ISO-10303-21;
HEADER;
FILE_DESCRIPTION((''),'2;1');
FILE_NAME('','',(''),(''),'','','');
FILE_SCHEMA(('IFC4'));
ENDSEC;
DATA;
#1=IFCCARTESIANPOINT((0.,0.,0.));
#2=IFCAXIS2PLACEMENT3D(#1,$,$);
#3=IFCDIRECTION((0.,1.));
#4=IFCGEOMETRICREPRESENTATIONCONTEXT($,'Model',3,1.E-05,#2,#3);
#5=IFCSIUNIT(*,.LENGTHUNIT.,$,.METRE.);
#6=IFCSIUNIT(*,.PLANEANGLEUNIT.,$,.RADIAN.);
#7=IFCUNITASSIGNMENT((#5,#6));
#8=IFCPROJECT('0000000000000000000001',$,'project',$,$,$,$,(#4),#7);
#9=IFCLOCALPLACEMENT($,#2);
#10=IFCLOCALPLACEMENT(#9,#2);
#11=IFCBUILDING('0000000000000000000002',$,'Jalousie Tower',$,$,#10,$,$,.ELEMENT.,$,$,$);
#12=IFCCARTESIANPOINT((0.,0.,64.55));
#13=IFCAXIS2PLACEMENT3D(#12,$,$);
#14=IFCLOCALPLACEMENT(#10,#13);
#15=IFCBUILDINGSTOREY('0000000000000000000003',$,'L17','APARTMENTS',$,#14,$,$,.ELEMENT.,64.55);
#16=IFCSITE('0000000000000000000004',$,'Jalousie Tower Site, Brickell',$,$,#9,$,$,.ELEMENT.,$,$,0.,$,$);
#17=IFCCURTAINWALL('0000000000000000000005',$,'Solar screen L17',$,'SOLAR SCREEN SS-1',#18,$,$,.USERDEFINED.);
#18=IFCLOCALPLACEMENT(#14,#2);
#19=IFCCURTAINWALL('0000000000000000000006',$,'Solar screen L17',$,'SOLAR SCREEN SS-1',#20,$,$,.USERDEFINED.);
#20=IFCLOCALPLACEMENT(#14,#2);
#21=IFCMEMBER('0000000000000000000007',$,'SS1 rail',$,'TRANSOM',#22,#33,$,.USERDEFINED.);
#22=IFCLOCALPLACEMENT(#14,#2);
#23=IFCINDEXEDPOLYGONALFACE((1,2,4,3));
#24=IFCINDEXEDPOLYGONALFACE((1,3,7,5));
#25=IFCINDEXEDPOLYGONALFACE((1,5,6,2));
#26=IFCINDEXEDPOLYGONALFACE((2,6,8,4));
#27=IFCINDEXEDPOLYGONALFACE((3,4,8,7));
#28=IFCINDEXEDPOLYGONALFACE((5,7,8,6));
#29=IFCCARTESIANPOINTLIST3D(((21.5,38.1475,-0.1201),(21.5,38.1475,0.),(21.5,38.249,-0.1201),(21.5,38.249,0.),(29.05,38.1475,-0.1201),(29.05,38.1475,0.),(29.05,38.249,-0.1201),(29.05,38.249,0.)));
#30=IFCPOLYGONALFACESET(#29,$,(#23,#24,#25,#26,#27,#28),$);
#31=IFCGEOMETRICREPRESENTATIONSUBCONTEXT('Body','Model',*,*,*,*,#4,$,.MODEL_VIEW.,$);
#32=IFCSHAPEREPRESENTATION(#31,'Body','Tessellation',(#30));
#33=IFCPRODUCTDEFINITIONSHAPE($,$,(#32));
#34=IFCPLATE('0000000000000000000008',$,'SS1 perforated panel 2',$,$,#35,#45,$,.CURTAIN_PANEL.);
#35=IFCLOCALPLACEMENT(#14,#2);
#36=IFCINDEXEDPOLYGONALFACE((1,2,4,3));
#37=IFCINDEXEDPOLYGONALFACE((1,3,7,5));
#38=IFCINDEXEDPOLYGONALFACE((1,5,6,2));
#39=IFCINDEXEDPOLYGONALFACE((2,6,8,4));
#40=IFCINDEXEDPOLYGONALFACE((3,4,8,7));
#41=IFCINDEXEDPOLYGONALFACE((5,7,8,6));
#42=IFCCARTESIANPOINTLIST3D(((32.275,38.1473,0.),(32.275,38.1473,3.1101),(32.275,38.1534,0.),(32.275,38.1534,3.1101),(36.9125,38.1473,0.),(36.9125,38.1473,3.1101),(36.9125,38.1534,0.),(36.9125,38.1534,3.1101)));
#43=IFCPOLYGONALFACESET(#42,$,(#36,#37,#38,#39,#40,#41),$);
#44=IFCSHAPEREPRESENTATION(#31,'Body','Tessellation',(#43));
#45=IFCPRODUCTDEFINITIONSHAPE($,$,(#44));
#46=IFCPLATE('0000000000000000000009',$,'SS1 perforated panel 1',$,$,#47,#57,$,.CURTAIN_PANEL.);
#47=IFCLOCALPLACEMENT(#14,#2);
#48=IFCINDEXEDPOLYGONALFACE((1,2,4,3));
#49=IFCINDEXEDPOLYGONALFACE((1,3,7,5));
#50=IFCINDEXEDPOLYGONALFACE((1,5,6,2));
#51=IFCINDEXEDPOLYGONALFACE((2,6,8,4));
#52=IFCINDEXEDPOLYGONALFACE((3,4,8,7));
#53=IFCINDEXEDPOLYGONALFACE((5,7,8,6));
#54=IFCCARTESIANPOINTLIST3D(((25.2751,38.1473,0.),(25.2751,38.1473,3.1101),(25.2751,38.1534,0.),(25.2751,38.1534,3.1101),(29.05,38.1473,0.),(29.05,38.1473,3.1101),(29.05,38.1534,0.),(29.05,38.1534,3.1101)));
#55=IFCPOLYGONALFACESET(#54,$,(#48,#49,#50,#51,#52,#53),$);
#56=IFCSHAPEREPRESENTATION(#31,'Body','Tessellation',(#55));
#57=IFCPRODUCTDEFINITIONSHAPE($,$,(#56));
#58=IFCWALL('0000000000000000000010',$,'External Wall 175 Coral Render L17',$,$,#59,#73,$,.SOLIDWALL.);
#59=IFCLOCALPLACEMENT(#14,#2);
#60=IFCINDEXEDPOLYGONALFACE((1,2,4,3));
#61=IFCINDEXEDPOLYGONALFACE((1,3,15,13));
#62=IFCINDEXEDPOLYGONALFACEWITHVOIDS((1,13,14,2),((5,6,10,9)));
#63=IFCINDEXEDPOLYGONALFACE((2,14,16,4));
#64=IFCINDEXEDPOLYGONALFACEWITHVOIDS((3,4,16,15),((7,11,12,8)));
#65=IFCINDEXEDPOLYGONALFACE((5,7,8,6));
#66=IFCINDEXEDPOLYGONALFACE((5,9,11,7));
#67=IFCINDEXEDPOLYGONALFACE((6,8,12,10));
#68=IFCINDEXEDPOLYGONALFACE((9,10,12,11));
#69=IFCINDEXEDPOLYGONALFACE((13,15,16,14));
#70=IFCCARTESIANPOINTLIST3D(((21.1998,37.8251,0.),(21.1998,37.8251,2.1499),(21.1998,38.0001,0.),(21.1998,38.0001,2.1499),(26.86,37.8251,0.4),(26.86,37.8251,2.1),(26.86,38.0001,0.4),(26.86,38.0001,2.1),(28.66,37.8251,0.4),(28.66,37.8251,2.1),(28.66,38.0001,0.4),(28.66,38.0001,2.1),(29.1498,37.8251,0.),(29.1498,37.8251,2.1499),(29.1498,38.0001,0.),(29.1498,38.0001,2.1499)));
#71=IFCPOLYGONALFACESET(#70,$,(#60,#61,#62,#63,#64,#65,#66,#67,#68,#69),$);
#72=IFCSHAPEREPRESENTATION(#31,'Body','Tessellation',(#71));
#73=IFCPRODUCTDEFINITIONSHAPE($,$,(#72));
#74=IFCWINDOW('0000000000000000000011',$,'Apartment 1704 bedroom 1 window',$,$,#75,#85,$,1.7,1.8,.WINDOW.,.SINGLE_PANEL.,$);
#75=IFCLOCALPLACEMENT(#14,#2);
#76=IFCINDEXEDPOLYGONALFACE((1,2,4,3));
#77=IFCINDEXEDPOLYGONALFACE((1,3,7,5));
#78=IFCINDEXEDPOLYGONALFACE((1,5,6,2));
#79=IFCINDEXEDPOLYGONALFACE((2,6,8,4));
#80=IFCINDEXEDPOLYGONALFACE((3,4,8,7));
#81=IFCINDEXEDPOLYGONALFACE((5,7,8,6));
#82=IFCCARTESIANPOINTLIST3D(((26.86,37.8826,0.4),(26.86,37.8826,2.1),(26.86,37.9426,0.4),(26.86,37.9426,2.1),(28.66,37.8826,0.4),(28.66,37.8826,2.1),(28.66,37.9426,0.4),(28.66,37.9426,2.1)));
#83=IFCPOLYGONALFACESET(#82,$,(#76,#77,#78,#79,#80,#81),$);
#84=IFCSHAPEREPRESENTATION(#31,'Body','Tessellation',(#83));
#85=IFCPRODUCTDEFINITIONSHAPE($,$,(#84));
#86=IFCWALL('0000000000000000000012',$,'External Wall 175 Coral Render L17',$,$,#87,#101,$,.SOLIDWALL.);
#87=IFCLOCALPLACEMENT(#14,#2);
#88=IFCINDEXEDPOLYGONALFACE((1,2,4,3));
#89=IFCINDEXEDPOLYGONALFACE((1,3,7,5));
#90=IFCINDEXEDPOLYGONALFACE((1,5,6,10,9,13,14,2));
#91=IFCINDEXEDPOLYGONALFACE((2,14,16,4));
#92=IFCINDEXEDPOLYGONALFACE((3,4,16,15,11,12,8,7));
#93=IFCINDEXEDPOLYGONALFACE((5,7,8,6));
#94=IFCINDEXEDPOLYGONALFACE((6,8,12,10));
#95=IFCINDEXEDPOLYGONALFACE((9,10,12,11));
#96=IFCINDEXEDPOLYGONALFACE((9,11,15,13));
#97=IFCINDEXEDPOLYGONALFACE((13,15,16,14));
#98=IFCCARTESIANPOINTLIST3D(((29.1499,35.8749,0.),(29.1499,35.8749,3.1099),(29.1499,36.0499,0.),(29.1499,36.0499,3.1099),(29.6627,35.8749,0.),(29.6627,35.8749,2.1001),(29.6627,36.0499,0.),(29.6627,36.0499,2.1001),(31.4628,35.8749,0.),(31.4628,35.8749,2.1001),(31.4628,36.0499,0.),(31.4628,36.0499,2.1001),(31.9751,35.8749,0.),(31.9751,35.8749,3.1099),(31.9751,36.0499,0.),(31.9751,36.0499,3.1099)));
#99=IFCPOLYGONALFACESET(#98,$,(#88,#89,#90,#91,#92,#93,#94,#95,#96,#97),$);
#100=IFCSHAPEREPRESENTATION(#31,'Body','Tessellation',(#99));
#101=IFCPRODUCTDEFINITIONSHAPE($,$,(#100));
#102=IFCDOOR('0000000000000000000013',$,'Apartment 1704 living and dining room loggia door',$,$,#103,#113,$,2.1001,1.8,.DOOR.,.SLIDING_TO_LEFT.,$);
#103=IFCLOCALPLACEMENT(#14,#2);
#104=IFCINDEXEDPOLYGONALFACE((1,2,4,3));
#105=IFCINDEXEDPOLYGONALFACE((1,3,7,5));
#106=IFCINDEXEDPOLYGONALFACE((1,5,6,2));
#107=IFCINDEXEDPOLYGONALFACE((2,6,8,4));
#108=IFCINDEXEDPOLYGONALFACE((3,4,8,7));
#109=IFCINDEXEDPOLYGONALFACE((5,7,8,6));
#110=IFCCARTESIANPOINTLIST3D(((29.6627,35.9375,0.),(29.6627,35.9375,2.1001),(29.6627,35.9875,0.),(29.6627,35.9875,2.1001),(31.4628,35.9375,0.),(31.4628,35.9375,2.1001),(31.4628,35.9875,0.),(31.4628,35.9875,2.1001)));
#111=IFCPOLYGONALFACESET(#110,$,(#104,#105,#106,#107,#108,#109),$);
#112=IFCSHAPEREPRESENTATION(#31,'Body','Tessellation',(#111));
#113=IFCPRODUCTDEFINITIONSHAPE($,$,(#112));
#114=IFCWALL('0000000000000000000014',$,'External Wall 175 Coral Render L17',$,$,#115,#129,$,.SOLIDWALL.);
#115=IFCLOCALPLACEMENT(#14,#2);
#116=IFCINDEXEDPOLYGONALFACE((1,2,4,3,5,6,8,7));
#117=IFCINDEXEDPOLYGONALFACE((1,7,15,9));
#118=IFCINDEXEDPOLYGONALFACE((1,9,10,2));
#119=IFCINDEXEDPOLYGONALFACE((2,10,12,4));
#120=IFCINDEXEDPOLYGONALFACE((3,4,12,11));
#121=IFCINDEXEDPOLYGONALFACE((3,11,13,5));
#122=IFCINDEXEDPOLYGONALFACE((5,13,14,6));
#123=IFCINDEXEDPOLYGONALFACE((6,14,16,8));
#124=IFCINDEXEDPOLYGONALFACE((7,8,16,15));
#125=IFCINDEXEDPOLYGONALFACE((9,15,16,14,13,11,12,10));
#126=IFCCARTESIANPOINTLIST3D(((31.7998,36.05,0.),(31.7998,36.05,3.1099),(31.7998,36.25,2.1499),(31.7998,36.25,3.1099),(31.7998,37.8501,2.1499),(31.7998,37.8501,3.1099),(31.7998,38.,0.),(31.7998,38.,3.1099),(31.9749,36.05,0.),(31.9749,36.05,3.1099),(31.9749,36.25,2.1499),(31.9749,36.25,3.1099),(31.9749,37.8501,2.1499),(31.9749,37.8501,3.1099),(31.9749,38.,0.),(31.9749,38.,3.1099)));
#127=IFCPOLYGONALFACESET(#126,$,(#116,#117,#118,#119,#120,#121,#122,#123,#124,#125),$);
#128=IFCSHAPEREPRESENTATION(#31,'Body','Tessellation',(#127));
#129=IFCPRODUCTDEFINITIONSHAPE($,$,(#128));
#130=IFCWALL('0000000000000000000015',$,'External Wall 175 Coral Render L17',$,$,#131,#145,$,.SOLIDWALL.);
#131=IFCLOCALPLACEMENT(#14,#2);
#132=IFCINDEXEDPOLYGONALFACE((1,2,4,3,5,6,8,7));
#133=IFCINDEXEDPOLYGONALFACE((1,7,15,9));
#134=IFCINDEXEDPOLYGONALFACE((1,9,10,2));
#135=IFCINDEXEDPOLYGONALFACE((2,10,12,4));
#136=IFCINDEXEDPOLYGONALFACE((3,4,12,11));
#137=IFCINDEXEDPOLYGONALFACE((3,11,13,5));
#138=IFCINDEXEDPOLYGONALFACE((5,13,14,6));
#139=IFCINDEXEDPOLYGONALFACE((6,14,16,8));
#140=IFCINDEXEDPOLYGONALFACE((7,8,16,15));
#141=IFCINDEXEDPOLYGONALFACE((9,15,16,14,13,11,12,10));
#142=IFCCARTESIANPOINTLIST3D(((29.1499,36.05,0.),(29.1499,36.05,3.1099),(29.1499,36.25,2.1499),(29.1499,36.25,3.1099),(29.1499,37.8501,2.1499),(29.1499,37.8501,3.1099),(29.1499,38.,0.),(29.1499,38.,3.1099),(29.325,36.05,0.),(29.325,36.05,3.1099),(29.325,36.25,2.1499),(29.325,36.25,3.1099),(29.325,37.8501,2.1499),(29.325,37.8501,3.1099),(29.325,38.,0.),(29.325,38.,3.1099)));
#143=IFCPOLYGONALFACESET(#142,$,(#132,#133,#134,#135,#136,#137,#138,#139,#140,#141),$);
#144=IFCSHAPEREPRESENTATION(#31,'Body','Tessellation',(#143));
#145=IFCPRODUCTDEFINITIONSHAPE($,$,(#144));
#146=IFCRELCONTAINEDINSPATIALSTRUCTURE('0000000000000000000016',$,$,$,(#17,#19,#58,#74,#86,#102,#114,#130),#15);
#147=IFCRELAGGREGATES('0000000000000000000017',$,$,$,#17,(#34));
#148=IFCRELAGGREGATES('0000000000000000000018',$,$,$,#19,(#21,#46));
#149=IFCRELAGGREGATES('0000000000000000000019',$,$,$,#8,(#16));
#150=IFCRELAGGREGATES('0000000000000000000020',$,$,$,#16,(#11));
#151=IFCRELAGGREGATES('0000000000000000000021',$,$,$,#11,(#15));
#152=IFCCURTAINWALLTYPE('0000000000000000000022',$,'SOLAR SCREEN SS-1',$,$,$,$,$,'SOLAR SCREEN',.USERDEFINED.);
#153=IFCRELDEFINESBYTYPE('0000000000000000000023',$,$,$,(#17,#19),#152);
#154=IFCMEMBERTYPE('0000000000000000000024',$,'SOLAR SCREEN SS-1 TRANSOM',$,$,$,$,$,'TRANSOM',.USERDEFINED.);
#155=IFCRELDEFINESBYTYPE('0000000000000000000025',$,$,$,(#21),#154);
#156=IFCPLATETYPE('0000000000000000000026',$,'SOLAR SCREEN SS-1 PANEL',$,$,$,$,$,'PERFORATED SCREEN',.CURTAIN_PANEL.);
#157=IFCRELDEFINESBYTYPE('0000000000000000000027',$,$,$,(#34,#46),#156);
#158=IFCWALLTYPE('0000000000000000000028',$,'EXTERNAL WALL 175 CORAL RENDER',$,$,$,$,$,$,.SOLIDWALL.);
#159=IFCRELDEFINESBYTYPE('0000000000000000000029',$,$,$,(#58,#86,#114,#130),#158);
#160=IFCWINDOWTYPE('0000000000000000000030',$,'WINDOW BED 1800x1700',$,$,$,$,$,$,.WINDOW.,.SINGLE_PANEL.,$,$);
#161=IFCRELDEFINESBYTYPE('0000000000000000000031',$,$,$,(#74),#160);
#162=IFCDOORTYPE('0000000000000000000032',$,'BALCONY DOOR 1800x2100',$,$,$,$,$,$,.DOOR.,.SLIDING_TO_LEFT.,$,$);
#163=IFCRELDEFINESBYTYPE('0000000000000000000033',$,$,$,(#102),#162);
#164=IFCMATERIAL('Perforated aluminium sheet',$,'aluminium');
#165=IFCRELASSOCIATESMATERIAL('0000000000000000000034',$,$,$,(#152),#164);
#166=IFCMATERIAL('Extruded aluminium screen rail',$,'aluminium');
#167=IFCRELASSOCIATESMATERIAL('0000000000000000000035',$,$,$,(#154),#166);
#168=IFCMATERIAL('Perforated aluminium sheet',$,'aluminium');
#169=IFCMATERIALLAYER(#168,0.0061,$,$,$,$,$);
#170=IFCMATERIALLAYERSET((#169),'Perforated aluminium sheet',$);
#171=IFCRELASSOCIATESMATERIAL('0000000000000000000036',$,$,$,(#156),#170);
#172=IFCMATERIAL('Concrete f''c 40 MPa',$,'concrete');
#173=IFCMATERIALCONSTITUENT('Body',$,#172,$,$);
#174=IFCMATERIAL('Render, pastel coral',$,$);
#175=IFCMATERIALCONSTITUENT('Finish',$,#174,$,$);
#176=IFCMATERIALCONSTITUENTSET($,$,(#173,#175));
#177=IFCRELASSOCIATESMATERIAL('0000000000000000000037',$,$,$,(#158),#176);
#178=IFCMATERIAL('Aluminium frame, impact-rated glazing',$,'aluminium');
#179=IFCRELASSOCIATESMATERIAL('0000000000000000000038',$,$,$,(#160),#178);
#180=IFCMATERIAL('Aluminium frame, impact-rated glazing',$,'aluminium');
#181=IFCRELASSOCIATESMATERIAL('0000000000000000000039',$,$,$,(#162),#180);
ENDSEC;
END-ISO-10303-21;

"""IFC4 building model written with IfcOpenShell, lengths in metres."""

from ifc_helpers import new_model, si_unit, direction, frame, frame_2d, origin, origin_2d, place, context, subcontext, project, spatial, polyline, rectangle, outline, extrude, material, layer, layer_set, constituent, constituent_set, material_profile, profile_set, type_object, element, fill, aggregate, save


model = new_model("IFC4")

# Units and contexts
model_context = context("Model", 3, precision=1e-05, world=origin(), true_north=direction((0.0, 1.0)))
body_context = subcontext(model_context, "Body", "Model", "MODEL_VIEW")
ifc_project = project(units=[si_unit("LENGTHUNIT", "METRE"), si_unit("PLANEANGLEUNIT", "RADIAN")], contexts=[model_context])

# Site, building, storey
site_placement = place(None, origin())
site = spatial("IfcSite", under=ifc_project, at=site_placement, Name="Jalousie Tower Site, Brickell", CompositionType="ELEMENT", RefElevation=0.0)
building_placement = place(site_placement, origin())
building = spatial("IfcBuilding", under=site, at=building_placement, Name="Jalousie Tower", CompositionType="ELEMENT")
storey_placement = place(building_placement, frame((0.0, 0.0, 64.55)))
storey = spatial("IfcBuildingStorey", under=building, at=storey_placement, Name="L17", Description="APARTMENTS", CompositionType="ELEMENT", Elevation=64.55)

# Curtain walls, member
ifc_material_1 = material(Name="Perforated aluminium sheet", Category="aluminium")
curtain_wall_type = type_object("IfcCurtainWallType", Name="SOLAR SCREEN SS-1", ElementType="SOLAR SCREEN", PredefinedType="USERDEFINED", material=ifc_material_1)
curtain_wall_1_placement = place(storey_placement, origin())
curtain_wall_1 = element("IfcCurtainWall", 1, at=curtain_wall_1_placement, inside=storey, type_object=curtain_wall_type, Name="Solar screen L17", ObjectType="SOLAR SCREEN SS-1", PredefinedType="USERDEFINED")
curtain_wall_2_placement = place(storey_placement, origin())
curtain_wall_2 = element("IfcCurtainWall", 2, at=curtain_wall_2_placement, inside=storey, type_object=curtain_wall_type, Name="Solar screen L17", ObjectType="SOLAR SCREEN SS-1", PredefinedType="USERDEFINED")
ifc_material_2 = material(Name="Extruded aluminium screen rail", Category="aluminium")
ifc_material_profile_1 = material_profile(ifc_material_2, rectangle(XDim=0.1016, YDim=0.1201, at=origin_2d()), Name="RAIL 102x120")
ifc_profile_set_1 = profile_set([ifc_material_profile_1], Name="Extruded aluminium screen rail")
member_type_1 = type_object("IfcMemberType", Name="SOLAR SCREEN SS-1 TRANSOM", ElementType="TRANSOM", PredefinedType="USERDEFINED", material=ifc_profile_set_1)
member_1_placement = place(storey_placement, frame((29.05, 38.1982, -0.0601), z_axis=(-1.0, 0.0, 0.0), x_axis=(0.0, -1.0, 0.0)))
member_1 = element("IfcMember", 3, at=member_1_placement, type_object=member_type_1, Name="SS1 rail", ObjectType="TRANSOM", PredefinedType="USERDEFINED", context=body_context, shape_type="SweptSolid", body=[
    extrude(rectangle(XDim=0.1016, YDim=0.1201, at=origin_2d()), origin(), (0.0, 0.0, 1.0), 7.55),
])

# Plates
ifc_material_3 = material(Name="Perforated aluminium sheet", Category="aluminium")
ifc_layer_1 = layer(ifc_material_3, 0.0061)
ifc_layer_set_1 = layer_set([ifc_layer_1], Name="Perforated aluminium sheet")
plate_type = type_object("IfcPlateType", Name="SOLAR SCREEN SS-1 PANEL", ElementType="PERFORATED SCREEN", PredefinedType="CURTAIN_PANEL", material=ifc_layer_set_1)
plate_1_placement = place(storey_placement, frame((34.5938, 38.1504, 0.0), z_axis=(0.0, 0.0, 1.0), x_axis=(-1.0, 0.0, 0.0)))
plate_1 = element("IfcPlate", 4, at=plate_1_placement, type_object=plate_type, Name="SS1 perforated panel 2", PredefinedType="CURTAIN_PANEL", context=body_context, shape_type="SweptSolid", body=[
    extrude(rectangle(XDim=4.6375, YDim=0.0061, at=origin_2d()), origin(), (0.0, 0.0, 1.0), 3.1101),
])
aggregate(curtain_wall_1, [plate_1])
plate_2_placement = place(storey_placement, frame((27.1626, 38.1504, 0.0), z_axis=(0.0, 0.0, 1.0), x_axis=(-1.0, 0.0, 0.0)))
plate_2 = element("IfcPlate", 5, at=plate_2_placement, type_object=plate_type, Name="SS1 perforated panel 1", PredefinedType="CURTAIN_PANEL", context=body_context, shape_type="SweptSolid", body=[
    extrude(rectangle(XDim=3.7749, YDim=0.0061, at=origin_2d()), origin(), (0.0, 0.0, 1.0), 3.1101),
])
aggregate(curtain_wall_2, [member_1, plate_2])

# Wall, opening, window
ifc_material_4 = material(Name="Concrete f'c 40 MPa", Category="concrete")
ifc_constituent_1 = constituent(ifc_material_4, Name="Body")
ifc_material_5 = material(Name="Render, pastel coral")
ifc_constituent_2 = constituent(ifc_material_5, Name="Finish")
ifc_constituent_set_1 = constituent_set(constituents=[ifc_constituent_1, ifc_constituent_2])
wall_type_1 = type_object("IfcWallType", Name="EXTERNAL WALL 175 CORAL RENDER", PredefinedType="SOLIDWALL", material=ifc_constituent_set_1)
wall_1_placement = place(storey_placement, frame((29.1499, 37.9126, 0.0), z_axis=(0.0, 0.0, 1.0), x_axis=(-1.0, 0.0, 0.0)))
wall_1 = element("IfcWall", 6, at=wall_1_placement, inside=storey, type_object=wall_type_1, Name="External Wall 175 Coral Render L17", PredefinedType="SOLIDWALL", context=body_context, shape_type="SweptSolid", body=[
    extrude(rectangle(XDim=7.95, YDim=0.175, at=frame_2d((3.9751, 0.0))), origin(), (0.0, 0.0, 1.0), 2.1499),
])
opening_1_placement = place(wall_1_placement, frame((0.49, 0.0, 0.3999)))
opening_1 = element("IfcOpeningElement", 7, at=opening_1_placement, cuts=wall_1, PredefinedType="OPENING", context=body_context, shape_type="SweptSolid", body=[
    extrude(rectangle(XDim=1.8, YDim=1.7, at=frame_2d((0.8999, 0.8501))), frame((0.0, 0.0974, 0.0), z_axis=(0.0, -1.0, 0.0), x_axis=(1.0, 0.0, 0.0)), (0.0, 0.0, 1.0), 0.1951),
])
ifc_material_6 = material(Name="Aluminium frame, impact-rated glazing", Category="aluminium")
window_type = type_object("IfcWindowType", Name="WINDOW BED 1800x1700", PartitioningType="SINGLE_PANEL", PredefinedType="WINDOW", material=ifc_material_6)
window_placement = place(opening_1_placement, origin())
window = element("IfcWindow", 8, at=window_placement, inside=storey, type_object=window_type, Name="Apartment 1704 bedroom 1 window", OverallHeight=1.7, OverallWidth=1.8, PartitioningType="SINGLE_PANEL", PredefinedType="WINDOW", context=body_context, shape_type="SweptSolid", body=[
    extrude(rectangle(XDim=1.8, YDim=1.7, at=frame_2d((0.8999, 0.8501))), frame((0.0, 0.03, 0.0), z_axis=(0.0, -1.0, 0.0), x_axis=(1.0, 0.0, 0.0)), (0.0, 0.0, 1.0), 0.0601),
])
fill(opening_1, window)

# Wall, opening, door
wall_2_placement = place(storey_placement, frame((31.9751, 35.9624, 0.0), z_axis=(0.0, 0.0, 1.0), x_axis=(-1.0, 0.0, 0.0)))
wall_2 = element("IfcWall", 9, at=wall_2_placement, inside=storey, type_object=wall_type_1, Name="External Wall 175 Coral Render L17", PredefinedType="SOLIDWALL", context=body_context, shape_type="SweptSolid", body=[
    extrude(rectangle(XDim=2.8252, YDim=0.175, at=frame_2d((1.4126, 0.0))), origin(), (0.0, 0.0, 1.0), 3.1099),
])
opening_2_placement = place(wall_2_placement, frame((0.5125, 0.0, 0.0)))
opening_2 = element("IfcOpeningElement", 10, at=opening_2_placement, cuts=wall_2, PredefinedType="OPENING", context=body_context, shape_type="SweptSolid", body=[
    extrude(rectangle(XDim=1.8, YDim=2.1001, at=frame_2d((0.8999, 1.05))), frame((0.0, 0.0974, 0.0), z_axis=(0.0, -1.0, 0.0), x_axis=(1.0, 0.0, 0.0)), (0.0, 0.0, 1.0), 0.1951),
])
ifc_material_7 = material(Name="Aluminium frame, impact-rated glazing", Category="aluminium")
door_type_1 = type_object("IfcDoorType", Name="BALCONY DOOR 1800x2100", OperationType="SLIDING_TO_LEFT", PredefinedType="DOOR", material=ifc_material_7)
door_1_placement = place(opening_2_placement, origin())
door_1 = element("IfcDoor", 11, at=door_1_placement, inside=storey, type_object=door_type_1, Name="Apartment 1704 living and dining room loggia door", OperationType="SLIDING_TO_LEFT", OverallHeight=2.1001, OverallWidth=1.8, PredefinedType="DOOR", context=body_context, shape_type="SweptSolid", body=[
    extrude(rectangle(XDim=1.8, YDim=2.1001, at=frame_2d((0.8999, 1.05))), frame((0.0, 0.0249, 0.0), z_axis=(0.0, -1.0, 0.0), x_axis=(1.0, 0.0, 0.0)), (0.0, 0.0, 1.0), 0.05),
])
fill(opening_2, door_1)

# Walls
for number, where, z_axis, x_axis, name in (
    (12, (31.8875, 38.0, 0.0), (0.0, 0.0, 1.0), (0.0, -1.0, 0.0), "External Wall 175 Coral Render L17"),
    (13, (29.2375, 38.0, 0.0), (0.0, 0.0, 1.0), (0.0, -1.0, 0.0), "External Wall 175 Coral Render L17"),
):
    element("IfcWall", number, at=place(storey_placement, frame(where, z_axis=z_axis, x_axis=x_axis)), inside=storey, type_object=wall_type_1, Name=name, PredefinedType="SOLIDWALL", context=body_context, shape_type="SweptSolid", body=[
        extrude(outline(polyline([(0.0, 0.0), (1.95, 0.0), (1.95, 3.1099), (1.75, 3.1099), (1.75, 2.1499), (0.1499, 2.1499), (0.1499, 3.1099), (0.0, 3.1099), (0.0, 0.0)])), frame((0.0, 0.0874, 0.0), z_axis=(0.0, -1.0, 0.0), x_axis=(1.0, 0.0, 0.0)), (0.0, 0.0, 1.0), 0.175),
    ])

save(model, "model.ifc")
